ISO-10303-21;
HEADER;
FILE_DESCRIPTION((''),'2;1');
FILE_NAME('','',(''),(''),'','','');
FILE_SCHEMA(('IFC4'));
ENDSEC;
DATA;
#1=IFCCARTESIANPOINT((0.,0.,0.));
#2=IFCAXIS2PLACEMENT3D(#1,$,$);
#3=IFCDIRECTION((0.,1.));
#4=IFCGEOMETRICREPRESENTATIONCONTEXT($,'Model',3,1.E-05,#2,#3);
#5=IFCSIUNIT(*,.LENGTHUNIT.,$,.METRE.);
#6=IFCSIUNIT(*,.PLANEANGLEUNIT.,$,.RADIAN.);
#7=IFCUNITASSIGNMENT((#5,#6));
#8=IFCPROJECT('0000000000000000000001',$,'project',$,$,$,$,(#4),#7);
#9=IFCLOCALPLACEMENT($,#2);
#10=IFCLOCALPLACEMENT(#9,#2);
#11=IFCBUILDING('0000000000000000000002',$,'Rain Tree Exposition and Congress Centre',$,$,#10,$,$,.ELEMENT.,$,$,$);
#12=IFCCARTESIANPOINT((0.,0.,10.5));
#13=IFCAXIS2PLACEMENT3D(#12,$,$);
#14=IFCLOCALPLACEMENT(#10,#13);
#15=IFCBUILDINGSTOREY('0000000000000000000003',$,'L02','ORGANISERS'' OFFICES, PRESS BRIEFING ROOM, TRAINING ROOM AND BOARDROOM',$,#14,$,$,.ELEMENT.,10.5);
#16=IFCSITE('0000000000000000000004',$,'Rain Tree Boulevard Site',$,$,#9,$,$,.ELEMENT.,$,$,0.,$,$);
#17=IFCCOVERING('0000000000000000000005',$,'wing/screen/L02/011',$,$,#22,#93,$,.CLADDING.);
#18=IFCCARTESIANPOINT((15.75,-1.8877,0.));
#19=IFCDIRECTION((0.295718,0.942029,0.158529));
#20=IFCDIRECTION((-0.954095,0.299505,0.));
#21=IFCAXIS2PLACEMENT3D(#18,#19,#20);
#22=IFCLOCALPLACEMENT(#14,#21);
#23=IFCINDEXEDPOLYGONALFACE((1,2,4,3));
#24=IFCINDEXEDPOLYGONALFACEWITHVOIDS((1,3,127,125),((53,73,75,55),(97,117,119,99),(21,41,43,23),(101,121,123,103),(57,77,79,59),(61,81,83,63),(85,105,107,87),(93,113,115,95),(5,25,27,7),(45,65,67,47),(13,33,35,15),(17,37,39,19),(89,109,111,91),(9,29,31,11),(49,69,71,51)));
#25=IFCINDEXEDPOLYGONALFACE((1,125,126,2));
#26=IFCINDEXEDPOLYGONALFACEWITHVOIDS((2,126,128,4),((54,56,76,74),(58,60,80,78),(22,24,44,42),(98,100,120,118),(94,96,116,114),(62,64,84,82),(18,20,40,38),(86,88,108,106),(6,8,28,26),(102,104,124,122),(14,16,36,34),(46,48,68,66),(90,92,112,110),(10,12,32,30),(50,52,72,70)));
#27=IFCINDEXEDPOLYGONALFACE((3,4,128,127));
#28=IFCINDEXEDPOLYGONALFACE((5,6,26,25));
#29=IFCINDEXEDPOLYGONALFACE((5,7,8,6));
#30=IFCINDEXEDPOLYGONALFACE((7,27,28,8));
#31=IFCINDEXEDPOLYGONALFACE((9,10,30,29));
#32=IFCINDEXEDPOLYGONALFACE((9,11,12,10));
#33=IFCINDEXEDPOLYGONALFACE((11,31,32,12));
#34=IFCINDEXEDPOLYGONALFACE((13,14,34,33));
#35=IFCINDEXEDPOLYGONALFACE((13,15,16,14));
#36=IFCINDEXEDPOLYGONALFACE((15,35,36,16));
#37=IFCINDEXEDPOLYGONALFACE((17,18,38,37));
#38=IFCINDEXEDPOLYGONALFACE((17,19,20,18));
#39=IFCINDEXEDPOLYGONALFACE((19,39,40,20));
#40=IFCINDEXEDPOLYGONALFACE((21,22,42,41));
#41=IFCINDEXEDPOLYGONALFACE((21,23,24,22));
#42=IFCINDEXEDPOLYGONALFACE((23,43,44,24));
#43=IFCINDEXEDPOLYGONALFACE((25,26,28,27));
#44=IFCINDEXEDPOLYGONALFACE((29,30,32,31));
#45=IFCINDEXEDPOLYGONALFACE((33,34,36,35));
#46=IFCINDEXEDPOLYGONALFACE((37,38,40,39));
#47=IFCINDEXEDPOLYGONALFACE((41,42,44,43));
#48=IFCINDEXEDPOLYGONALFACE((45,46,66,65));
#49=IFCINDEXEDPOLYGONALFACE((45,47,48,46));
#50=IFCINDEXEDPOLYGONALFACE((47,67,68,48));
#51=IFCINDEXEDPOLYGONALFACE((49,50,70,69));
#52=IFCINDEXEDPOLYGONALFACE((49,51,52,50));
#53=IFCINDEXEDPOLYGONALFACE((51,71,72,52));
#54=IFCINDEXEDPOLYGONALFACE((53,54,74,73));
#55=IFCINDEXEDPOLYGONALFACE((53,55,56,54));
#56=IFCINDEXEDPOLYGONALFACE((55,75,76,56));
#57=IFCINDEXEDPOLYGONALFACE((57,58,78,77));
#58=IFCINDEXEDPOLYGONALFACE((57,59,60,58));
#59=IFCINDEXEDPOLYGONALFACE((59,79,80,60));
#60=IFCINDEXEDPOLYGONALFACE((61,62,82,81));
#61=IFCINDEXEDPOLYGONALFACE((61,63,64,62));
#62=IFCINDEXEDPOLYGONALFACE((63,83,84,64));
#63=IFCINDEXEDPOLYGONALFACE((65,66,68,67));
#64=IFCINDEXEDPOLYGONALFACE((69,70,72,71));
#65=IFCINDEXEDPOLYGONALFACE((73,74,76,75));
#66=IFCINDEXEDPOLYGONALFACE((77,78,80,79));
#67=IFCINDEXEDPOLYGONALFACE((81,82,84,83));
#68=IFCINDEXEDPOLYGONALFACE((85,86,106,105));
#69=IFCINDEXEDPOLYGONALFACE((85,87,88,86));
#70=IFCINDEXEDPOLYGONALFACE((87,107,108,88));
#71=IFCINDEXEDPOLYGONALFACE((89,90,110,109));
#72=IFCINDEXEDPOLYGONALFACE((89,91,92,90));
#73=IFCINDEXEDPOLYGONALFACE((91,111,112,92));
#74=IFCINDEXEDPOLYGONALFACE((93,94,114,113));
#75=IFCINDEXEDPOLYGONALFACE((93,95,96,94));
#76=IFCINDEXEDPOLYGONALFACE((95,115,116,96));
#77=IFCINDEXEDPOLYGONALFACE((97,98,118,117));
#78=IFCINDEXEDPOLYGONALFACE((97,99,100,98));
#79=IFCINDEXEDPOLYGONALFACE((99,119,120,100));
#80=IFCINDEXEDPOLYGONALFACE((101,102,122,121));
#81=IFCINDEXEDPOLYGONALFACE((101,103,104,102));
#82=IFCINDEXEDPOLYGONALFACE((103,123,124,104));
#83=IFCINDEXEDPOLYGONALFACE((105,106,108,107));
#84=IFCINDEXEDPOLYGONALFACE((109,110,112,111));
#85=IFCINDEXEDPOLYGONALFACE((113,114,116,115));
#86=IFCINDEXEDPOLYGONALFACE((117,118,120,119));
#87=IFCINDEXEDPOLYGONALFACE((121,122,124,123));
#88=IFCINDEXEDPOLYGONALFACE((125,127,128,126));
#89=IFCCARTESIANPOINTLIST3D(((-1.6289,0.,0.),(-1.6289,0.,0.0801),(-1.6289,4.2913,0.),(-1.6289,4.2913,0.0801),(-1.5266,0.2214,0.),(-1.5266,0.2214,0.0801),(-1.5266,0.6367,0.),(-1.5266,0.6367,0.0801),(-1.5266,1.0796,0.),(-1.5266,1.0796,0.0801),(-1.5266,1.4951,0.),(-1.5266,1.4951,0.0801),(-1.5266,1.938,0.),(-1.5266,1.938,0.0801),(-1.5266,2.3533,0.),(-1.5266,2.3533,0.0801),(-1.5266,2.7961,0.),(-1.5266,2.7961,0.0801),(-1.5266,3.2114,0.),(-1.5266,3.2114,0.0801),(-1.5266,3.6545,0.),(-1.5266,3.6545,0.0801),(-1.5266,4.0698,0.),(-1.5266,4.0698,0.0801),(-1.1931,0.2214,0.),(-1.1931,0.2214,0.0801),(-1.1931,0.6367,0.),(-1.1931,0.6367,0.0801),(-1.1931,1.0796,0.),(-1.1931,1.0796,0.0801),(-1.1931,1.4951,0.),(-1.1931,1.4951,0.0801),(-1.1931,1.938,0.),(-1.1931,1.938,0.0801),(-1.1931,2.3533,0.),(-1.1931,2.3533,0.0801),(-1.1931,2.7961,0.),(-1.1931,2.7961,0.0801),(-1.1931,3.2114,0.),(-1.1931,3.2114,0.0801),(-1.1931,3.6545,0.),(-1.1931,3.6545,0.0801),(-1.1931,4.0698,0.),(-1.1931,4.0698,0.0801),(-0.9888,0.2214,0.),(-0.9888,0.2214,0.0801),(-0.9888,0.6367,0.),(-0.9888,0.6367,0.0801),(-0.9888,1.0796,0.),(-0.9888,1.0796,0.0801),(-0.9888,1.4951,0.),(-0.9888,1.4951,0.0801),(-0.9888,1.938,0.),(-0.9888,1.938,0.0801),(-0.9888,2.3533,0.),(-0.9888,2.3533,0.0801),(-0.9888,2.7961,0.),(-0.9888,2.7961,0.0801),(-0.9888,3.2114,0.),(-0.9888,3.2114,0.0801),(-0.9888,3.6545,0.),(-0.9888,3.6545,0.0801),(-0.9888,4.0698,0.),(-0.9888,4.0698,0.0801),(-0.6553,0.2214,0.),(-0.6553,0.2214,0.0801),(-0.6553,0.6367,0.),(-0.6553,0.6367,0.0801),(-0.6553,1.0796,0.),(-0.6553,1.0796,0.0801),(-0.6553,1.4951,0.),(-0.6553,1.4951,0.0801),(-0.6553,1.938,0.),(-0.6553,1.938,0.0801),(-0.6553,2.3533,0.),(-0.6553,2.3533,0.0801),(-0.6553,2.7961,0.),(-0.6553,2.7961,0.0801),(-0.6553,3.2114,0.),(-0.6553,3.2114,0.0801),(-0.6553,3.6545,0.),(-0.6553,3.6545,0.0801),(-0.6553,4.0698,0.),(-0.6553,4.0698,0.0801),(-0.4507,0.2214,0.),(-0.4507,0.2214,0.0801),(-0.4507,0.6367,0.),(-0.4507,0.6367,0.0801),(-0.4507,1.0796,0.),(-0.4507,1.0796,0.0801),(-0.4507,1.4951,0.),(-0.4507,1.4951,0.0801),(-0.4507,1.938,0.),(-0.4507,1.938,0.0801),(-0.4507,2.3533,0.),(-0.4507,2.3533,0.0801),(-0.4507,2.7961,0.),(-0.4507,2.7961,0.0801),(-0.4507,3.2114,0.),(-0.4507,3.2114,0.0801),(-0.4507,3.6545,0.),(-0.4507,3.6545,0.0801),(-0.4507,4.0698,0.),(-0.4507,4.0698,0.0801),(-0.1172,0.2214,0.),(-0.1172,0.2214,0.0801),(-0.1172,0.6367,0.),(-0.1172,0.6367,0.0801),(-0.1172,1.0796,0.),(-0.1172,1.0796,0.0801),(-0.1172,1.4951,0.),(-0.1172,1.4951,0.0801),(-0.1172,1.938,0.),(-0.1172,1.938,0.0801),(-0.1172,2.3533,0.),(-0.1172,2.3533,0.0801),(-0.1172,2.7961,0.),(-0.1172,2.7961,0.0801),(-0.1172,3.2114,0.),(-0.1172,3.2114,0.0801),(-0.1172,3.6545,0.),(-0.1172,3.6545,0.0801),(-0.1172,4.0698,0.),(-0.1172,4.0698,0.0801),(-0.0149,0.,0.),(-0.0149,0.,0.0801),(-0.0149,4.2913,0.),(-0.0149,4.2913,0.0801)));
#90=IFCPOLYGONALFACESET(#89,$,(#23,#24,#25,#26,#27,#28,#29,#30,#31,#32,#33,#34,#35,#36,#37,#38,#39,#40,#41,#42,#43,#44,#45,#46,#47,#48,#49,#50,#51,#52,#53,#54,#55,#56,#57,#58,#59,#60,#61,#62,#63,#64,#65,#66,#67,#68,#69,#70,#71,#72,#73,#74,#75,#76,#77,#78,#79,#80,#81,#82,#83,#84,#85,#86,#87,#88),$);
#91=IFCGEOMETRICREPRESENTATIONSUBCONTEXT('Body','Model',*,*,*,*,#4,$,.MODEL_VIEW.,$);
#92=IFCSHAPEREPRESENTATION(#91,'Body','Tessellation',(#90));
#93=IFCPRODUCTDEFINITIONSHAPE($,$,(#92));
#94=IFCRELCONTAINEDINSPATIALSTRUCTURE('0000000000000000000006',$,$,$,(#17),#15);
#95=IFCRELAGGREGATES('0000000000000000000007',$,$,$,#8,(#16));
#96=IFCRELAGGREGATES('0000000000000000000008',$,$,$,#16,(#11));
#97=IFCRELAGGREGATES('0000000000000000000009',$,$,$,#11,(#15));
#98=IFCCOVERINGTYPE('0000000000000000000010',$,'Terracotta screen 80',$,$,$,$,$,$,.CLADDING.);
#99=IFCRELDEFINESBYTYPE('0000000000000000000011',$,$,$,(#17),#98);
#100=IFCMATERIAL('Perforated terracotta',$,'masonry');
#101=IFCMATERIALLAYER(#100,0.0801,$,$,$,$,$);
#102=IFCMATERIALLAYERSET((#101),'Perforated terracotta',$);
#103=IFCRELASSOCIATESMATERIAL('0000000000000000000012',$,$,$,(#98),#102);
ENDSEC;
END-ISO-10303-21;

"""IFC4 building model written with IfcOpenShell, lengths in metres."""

from ifc_helpers import new_model, si_unit, direction, frame, origin, place, context, subcontext, project, spatial, polyline, outline, extrude, material, layer, layer_set, type_object, element, save


model = new_model("IFC4")

# Units and contexts
model_context = context("Model", 3, precision=1e-05, world=origin(), true_north=direction((0.0, 1.0)))
body_context = subcontext(model_context, "Body", "Model", "MODEL_VIEW")
ifc_project = project(units=[si_unit("LENGTHUNIT", "METRE"), si_unit("PLANEANGLEUNIT", "RADIAN")], contexts=[model_context])

# Site, building, storey
site_placement = place(None, origin())
site = spatial("IfcSite", under=ifc_project, at=site_placement, Name="Rain Tree Boulevard Site", CompositionType="ELEMENT", RefElevation=0.0)
building_placement = place(site_placement, origin())
building = spatial("IfcBuilding", under=site, at=building_placement, Name="Rain Tree Exposition and Congress Centre", CompositionType="ELEMENT")
storey_placement = place(building_placement, frame((0.0, 0.0, 10.5)))
storey = spatial("IfcBuildingStorey", under=building, at=storey_placement, Name="L02", Description="ORGANISERS' OFFICES, PRESS BRIEFING ROOM, TRAINING ROOM AND BOARDROOM", CompositionType="ELEMENT", Elevation=10.5)

# Covering
ifc_material_1 = material(Name="Perforated terracotta", Category="masonry")
ifc_layer_1 = layer(ifc_material_1, 0.0801)
ifc_layer_set_1 = layer_set([ifc_layer_1], Name="Perforated terracotta")
covering_type = type_object("IfcCoveringType", Name="Terracotta screen 80", PredefinedType="CLADDING", material=ifc_layer_set_1)
covering_1_placement = place(storey_placement, frame((15.75, -1.8877, 0.0), z_axis=(0.295718, 0.942029, 0.158529), x_axis=(-0.954095, 0.299505, 0.0)))
element("IfcCovering", 1, at=covering_1_placement, inside=storey, type_object=covering_type, Name="wing/screen/L02/011", PredefinedType="CLADDING", context=body_context, shape_type="SweptSolid", body=[
    extrude(outline(polyline([(-1.6289, 0.0), (-1.6289, 4.2913), (-0.0149, 4.2913), (-0.0149, 0.0), (-1.6289, 0.0)]), holes=[polyline([(-0.1172, 0.2214), (-0.1172, 0.6367), (-0.4507, 0.6367), (-0.4507, 0.2214), (-0.1172, 0.2214)]), polyline([(-0.1172, 1.0796), (-0.1172, 1.4951), (-0.4507, 1.4951), (-0.4507, 1.0796), (-0.1172, 1.0796)]), polyline([(-0.1172, 1.938), (-0.1172, 2.3533), (-0.4507, 2.3533), (-0.4507, 1.938), (-0.1172, 1.938)]), polyline([(-0.1172, 2.7961), (-0.1172, 3.2114), (-0.4507, 3.2114), (-0.4507, 2.7961), (-0.1172, 2.7961)]), polyline([(-0.1172, 3.6545), (-0.1172, 4.0698), (-0.4507, 4.0698), (-0.4507, 3.6545), (-0.1172, 3.6545)]), polyline([(-0.6553, 0.2214), (-0.6553, 0.6367), (-0.9888, 0.6367), (-0.9888, 0.2214), (-0.6553, 0.2214)]), polyline([(-0.6553, 1.0796), (-0.6553, 1.4951), (-0.9888, 1.4951), (-0.9888, 1.0796), (-0.6553, 1.0796)]), polyline([(-0.6553, 1.938), (-0.6553, 2.3533), (-0.9888, 2.3533), (-0.9888, 1.938), (-0.6553, 1.938)]), polyline([(-0.6553, 2.7961), (-0.6553, 3.2114), (-0.9888, 3.2114), (-0.9888, 2.7961), (-0.6553, 2.7961)]), polyline([(-0.6553, 3.6545), (-0.6553, 4.0698), (-0.9888, 4.0698), (-0.9888, 3.6545), (-0.6553, 3.6545)]), polyline([(-1.1931, 0.2214), (-1.1931, 0.6367), (-1.5266, 0.6367), (-1.5266, 0.2214), (-1.1931, 0.2214)]), polyline([(-1.1931, 1.0796), (-1.1931, 1.4951), (-1.5266, 1.4951), (-1.5266, 1.0796), (-1.1931, 1.0796)]), polyline([(-1.1931, 1.938), (-1.1931, 2.3533), (-1.5266, 2.3533), (-1.5266, 1.938), (-1.1931, 1.938)]), polyline([(-1.1931, 2.7961), (-1.1931, 3.2114), (-1.5266, 3.2114), (-1.5266, 2.7961), (-1.1931, 2.7961)]), polyline([(-1.1931, 3.6545), (-1.1931, 4.0698), (-1.5266, 4.0698), (-1.5266, 3.6545), (-1.1931, 3.6545)])]), origin(), (0.0, 0.0, 1.0), 0.0801),
])

save(model, "model.ifc")
